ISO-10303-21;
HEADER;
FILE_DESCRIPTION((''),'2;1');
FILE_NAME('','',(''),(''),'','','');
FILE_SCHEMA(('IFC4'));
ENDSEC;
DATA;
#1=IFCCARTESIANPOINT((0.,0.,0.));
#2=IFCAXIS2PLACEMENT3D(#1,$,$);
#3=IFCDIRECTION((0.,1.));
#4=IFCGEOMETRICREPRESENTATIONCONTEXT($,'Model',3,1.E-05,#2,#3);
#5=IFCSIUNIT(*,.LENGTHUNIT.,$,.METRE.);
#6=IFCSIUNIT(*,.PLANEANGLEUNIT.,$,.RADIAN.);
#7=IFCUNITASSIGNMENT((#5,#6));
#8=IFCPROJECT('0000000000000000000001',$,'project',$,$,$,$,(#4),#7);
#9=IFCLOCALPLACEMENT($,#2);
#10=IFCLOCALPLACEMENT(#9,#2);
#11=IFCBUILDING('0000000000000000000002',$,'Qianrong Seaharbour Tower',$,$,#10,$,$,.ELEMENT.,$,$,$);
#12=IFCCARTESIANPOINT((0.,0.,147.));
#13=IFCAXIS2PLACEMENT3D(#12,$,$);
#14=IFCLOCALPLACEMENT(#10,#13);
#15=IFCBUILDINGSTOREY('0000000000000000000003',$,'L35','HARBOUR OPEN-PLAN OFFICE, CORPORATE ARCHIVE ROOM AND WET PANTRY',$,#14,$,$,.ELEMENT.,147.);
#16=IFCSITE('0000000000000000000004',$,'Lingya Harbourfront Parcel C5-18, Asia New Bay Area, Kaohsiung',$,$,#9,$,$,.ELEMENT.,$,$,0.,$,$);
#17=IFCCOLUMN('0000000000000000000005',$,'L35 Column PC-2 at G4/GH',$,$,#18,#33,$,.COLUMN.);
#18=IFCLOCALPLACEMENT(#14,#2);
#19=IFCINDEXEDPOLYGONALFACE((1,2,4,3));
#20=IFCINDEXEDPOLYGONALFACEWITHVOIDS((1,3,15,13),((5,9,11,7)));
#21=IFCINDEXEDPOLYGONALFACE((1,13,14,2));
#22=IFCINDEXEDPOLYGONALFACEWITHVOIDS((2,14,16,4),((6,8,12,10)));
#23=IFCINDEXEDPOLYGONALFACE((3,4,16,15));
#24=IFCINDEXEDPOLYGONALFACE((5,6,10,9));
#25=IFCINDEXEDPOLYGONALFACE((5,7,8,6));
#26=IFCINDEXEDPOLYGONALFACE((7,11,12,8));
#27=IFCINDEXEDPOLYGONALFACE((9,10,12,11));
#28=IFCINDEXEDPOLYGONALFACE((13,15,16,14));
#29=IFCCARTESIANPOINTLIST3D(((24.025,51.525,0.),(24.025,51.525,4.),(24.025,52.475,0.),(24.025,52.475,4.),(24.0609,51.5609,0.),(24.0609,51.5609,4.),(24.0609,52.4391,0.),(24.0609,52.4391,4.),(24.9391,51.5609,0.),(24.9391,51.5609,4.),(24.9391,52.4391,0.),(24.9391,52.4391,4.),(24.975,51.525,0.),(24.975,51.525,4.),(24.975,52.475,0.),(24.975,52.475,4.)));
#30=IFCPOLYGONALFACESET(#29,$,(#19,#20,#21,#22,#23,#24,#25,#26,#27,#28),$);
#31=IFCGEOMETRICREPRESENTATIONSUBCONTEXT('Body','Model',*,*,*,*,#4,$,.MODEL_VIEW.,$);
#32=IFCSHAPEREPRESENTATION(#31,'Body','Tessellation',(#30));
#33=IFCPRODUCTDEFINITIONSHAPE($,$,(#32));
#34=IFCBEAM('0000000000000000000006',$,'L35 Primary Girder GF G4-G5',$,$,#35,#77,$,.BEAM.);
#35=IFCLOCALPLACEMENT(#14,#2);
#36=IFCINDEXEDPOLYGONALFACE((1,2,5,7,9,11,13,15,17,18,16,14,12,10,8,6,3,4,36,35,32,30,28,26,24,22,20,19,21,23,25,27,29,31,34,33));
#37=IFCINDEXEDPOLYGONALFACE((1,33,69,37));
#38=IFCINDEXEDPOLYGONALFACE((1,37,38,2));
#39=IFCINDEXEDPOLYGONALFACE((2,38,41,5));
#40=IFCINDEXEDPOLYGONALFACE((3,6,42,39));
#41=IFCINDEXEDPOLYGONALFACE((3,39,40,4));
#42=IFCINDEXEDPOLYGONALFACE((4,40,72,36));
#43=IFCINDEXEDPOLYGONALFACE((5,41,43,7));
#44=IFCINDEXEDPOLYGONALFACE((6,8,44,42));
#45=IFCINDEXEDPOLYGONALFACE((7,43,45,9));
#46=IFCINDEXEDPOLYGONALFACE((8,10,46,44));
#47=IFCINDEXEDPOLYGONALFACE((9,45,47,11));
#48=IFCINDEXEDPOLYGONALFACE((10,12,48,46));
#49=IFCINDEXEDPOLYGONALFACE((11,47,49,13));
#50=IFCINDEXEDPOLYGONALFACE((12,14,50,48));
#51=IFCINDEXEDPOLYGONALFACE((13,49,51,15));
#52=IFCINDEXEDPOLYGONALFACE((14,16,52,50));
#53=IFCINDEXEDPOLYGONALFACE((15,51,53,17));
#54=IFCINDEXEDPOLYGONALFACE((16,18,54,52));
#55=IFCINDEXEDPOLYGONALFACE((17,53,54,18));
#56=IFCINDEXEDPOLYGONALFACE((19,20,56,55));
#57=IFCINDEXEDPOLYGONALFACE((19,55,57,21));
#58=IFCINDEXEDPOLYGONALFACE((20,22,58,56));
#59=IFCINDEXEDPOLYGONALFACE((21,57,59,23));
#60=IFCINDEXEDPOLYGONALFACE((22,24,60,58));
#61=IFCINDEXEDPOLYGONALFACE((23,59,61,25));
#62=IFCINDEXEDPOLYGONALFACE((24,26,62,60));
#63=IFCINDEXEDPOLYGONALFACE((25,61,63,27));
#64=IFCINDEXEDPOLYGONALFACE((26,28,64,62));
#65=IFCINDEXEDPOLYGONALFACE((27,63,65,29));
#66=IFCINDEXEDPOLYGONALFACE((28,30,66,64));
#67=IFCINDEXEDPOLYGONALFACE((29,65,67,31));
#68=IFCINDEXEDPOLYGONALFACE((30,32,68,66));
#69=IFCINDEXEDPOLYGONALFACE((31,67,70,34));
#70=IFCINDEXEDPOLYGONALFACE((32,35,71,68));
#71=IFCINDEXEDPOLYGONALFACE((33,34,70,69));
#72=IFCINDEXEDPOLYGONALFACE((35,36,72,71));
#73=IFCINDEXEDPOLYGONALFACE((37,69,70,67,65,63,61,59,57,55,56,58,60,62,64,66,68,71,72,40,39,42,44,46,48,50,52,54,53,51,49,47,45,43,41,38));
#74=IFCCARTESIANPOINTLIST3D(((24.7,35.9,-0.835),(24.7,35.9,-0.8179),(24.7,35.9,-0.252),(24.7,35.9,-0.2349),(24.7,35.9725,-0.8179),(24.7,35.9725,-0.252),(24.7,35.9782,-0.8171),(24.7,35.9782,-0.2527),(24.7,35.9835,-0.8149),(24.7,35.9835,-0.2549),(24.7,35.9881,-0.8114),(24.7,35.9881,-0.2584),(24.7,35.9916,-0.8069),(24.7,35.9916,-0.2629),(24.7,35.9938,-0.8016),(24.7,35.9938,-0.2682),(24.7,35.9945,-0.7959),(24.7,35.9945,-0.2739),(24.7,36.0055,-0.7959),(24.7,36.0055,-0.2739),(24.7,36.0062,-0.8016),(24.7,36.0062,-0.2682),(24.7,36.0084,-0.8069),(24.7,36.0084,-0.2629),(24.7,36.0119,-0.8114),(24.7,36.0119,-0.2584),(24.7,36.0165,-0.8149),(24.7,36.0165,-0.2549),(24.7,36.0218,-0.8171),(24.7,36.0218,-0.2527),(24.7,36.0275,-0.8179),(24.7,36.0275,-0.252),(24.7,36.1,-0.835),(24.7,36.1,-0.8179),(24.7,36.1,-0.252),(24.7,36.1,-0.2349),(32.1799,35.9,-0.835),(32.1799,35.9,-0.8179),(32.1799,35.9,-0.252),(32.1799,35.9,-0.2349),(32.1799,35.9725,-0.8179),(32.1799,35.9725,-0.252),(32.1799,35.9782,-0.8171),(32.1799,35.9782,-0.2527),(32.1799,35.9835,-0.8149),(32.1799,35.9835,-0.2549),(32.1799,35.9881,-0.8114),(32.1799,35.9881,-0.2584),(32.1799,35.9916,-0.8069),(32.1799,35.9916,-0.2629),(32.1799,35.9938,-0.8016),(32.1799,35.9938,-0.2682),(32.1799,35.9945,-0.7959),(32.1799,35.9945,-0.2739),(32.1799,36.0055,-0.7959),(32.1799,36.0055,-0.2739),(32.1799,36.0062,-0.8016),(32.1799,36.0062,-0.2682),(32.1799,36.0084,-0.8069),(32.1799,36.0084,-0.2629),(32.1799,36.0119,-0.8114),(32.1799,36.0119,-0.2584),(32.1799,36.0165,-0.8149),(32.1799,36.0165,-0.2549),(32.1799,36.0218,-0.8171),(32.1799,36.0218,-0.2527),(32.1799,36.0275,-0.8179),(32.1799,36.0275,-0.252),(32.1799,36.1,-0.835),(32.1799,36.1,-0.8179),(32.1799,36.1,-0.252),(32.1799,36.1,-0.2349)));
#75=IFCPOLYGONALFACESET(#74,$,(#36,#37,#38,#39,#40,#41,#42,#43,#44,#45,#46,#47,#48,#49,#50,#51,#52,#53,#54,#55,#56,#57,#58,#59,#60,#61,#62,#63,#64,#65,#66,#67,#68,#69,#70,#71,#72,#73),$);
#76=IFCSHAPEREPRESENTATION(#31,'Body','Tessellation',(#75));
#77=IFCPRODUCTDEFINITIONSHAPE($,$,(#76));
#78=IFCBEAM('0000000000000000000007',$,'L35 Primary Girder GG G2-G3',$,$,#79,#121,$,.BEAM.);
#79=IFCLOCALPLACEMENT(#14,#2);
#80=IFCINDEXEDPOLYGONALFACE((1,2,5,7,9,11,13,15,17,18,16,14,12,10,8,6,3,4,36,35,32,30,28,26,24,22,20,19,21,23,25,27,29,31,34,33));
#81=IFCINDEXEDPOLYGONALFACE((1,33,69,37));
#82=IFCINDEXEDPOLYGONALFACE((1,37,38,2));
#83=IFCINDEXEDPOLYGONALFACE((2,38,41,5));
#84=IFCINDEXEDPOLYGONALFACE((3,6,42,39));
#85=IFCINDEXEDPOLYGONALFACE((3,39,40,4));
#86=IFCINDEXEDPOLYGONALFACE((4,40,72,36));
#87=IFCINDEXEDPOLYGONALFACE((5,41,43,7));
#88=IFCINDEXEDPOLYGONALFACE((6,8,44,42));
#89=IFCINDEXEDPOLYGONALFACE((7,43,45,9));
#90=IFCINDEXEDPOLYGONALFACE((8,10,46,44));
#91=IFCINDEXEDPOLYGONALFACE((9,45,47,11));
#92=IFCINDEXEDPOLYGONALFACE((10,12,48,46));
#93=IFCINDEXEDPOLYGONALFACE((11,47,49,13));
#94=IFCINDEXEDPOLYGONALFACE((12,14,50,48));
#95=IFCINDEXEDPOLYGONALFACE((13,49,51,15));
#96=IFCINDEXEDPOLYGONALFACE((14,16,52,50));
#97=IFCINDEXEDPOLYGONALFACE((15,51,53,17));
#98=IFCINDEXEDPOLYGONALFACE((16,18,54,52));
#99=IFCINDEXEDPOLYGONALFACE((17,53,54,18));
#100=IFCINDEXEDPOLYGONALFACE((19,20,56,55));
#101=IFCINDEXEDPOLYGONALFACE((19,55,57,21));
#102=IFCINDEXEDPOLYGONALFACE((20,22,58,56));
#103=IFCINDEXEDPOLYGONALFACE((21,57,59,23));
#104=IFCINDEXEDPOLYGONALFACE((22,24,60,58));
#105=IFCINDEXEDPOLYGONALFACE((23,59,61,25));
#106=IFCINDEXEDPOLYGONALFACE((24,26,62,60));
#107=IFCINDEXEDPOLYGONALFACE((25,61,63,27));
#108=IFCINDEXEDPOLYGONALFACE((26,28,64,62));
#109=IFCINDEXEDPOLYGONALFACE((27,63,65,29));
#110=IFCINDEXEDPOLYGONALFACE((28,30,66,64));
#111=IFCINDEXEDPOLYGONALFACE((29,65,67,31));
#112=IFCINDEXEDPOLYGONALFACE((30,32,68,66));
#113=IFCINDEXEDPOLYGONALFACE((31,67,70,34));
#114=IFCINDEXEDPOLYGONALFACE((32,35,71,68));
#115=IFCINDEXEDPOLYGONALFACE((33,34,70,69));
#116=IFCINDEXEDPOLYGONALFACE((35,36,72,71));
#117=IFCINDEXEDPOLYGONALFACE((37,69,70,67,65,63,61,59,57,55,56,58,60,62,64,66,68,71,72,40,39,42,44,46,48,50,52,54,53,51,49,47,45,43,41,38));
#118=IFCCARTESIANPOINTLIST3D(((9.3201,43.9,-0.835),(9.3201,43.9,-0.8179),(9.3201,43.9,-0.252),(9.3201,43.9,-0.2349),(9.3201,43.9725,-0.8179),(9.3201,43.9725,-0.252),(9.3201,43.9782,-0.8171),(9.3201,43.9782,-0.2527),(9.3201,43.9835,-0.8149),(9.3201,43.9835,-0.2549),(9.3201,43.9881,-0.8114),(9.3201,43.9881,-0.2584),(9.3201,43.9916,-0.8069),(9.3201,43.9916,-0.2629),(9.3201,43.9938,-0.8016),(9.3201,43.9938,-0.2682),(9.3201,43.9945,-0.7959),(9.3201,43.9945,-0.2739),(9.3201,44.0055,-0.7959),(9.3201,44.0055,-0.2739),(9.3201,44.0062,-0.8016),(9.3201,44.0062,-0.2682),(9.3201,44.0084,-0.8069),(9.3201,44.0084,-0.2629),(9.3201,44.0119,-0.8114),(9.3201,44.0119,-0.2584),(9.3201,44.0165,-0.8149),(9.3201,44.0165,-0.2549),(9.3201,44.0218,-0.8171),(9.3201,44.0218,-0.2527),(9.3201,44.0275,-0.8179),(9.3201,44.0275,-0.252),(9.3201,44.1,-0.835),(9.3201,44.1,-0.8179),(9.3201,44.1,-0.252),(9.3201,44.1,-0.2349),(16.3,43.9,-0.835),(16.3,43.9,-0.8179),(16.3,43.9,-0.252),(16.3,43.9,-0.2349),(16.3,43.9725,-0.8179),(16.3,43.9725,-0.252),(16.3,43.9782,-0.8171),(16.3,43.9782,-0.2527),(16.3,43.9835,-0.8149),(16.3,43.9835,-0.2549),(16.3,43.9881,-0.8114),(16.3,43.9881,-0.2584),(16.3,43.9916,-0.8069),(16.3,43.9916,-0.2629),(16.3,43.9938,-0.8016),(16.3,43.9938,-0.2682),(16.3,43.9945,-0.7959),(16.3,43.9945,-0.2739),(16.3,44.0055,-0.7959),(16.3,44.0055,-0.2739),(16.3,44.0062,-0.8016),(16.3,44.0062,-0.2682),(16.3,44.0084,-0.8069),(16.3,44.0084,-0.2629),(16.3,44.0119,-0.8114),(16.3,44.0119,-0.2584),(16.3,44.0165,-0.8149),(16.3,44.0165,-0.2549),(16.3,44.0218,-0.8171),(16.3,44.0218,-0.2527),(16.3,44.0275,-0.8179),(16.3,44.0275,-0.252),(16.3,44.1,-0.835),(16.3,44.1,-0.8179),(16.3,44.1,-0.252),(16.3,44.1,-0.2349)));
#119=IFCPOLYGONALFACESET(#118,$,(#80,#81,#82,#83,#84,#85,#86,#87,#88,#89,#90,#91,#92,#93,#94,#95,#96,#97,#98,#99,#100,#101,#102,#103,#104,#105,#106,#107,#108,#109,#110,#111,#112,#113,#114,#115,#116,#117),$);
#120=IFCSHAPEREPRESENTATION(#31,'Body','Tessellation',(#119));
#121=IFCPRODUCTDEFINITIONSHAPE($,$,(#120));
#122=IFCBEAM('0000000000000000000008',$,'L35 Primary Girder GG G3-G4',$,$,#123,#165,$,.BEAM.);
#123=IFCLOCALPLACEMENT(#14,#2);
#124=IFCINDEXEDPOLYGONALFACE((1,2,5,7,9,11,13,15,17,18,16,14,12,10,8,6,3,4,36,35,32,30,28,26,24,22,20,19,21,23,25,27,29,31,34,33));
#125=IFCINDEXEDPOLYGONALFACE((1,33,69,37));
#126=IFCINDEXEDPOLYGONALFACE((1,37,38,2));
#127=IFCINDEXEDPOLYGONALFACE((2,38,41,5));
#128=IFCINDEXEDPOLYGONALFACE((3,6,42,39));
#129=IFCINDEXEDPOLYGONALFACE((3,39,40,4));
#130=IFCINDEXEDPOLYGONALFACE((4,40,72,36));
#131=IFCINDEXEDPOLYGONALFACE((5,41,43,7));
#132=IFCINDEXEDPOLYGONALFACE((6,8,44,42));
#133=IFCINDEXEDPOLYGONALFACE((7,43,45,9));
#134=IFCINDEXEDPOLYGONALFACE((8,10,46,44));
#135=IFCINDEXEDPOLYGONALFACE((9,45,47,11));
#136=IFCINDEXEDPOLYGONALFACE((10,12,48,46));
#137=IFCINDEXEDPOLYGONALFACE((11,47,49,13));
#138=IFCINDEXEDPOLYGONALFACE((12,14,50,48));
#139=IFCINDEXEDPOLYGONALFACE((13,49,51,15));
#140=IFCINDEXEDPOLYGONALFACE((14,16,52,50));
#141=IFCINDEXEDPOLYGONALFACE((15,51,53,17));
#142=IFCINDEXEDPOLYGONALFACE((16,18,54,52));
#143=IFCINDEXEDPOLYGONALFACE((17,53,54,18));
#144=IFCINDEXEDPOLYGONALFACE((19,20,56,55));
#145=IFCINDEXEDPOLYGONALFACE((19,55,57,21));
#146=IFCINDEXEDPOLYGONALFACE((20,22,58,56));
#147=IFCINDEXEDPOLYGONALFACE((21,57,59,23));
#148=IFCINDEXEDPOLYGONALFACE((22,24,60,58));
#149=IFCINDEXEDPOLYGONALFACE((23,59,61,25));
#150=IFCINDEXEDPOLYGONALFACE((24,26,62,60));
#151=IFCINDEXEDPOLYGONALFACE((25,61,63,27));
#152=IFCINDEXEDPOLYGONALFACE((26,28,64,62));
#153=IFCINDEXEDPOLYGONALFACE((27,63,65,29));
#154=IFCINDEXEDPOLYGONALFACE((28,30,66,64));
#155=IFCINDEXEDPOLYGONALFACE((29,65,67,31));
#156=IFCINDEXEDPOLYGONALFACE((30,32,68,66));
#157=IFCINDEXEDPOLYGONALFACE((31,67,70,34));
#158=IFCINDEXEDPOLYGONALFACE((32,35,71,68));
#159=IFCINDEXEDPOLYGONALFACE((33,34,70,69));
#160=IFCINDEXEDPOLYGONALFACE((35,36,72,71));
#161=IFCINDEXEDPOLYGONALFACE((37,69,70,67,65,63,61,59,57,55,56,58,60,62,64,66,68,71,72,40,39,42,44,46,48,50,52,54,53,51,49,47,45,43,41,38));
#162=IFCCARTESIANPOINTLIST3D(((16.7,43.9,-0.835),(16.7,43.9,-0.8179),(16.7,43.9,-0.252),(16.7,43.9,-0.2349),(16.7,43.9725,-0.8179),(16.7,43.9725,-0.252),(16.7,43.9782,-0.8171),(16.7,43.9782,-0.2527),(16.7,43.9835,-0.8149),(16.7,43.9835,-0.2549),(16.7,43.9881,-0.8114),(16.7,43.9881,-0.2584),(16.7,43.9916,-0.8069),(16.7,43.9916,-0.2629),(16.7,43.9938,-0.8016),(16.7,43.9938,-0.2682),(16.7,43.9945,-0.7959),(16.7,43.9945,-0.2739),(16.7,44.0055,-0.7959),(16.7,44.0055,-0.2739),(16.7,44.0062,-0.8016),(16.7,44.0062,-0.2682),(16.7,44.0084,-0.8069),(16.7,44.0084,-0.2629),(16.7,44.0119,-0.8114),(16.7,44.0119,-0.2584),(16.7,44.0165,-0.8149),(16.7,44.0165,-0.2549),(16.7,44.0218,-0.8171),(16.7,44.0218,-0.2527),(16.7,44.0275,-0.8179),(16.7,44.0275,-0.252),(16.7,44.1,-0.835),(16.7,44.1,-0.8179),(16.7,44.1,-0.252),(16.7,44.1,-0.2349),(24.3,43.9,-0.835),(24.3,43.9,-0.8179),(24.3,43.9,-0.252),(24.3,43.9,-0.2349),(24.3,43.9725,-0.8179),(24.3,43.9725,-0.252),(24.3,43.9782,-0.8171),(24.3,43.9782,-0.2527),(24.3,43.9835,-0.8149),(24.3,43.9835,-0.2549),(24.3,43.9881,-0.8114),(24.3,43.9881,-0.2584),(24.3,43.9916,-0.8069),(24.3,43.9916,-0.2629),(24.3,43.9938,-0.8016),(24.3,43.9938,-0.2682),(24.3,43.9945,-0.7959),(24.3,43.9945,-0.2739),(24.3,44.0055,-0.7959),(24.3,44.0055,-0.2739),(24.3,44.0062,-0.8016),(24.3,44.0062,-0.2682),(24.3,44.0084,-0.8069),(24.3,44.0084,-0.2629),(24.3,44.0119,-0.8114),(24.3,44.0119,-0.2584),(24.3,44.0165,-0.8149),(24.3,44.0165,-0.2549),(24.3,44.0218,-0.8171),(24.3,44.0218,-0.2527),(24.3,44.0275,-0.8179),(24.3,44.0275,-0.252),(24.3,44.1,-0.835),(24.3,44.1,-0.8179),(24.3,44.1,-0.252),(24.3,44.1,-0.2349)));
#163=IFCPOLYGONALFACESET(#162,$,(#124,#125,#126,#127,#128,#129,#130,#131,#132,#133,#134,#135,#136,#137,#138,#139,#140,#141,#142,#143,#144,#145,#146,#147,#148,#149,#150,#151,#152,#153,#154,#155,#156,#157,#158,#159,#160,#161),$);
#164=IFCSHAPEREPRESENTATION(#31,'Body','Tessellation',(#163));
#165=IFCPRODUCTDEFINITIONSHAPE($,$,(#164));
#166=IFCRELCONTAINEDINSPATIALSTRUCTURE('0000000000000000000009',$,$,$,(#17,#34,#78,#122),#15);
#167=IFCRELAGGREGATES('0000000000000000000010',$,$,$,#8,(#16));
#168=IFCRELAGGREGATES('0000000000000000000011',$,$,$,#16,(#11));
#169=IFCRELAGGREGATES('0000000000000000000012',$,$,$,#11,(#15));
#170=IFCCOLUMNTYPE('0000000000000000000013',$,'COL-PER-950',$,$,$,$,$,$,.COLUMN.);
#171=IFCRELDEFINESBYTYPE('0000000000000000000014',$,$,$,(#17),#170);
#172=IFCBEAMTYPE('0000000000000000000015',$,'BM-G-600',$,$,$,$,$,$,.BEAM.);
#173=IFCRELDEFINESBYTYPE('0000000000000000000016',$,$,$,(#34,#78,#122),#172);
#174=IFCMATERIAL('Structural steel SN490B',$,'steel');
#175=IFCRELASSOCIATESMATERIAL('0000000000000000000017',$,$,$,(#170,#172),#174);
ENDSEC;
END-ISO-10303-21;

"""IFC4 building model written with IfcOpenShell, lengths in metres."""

from ifc_helpers import new_model, si_unit, direction, frame, origin, origin_2d, place, context, subcontext, project, spatial, hollow_rectangle, i_section, extrude, material, material_profile, profile_set, type_object, element, save


model = new_model("IFC4")

# Units and contexts
model_context = context("Model", 3, precision=1e-05, world=origin(), true_north=direction((0.0, 1.0)))
body_context = subcontext(model_context, "Body", "Model", "MODEL_VIEW")
ifc_project = project(units=[si_unit("LENGTHUNIT", "METRE"), si_unit("PLANEANGLEUNIT", "RADIAN")], contexts=[model_context])

# Site, building, storey
site_placement = place(None, origin())
site = spatial("IfcSite", under=ifc_project, at=site_placement, Name="Lingya Harbourfront Parcel C5-18, Asia New Bay Area, Kaohsiung", CompositionType="ELEMENT", RefElevation=0.0)
building_placement = place(site_placement, origin())
building = spatial("IfcBuilding", under=site, at=building_placement, Name="Qianrong Seaharbour Tower", CompositionType="ELEMENT")
storey_placement = place(building_placement, frame((0.0, 0.0, 147.0)))
storey = spatial("IfcBuildingStorey", under=building, at=storey_placement, Name="L35", Description="HARBOUR OPEN-PLAN OFFICE, CORPORATE ARCHIVE ROOM AND WET PANTRY", CompositionType="ELEMENT", Elevation=147.0)

# Column
ifc_material_1 = material(Name="Structural steel SN490B", Category="steel")
ifc_material_profile_1 = material_profile(ifc_material_1, hollow_rectangle(XDim=0.95, YDim=0.95, WallThickness=0.0359, at=origin_2d()), Name="BOX950x950x36")
ifc_profile_set_1 = profile_set([ifc_material_profile_1], Name="Structural steel SN490B")
column_type_1 = type_object("IfcColumnType", Name="COL-PER-950", PredefinedType="COLUMN", material=ifc_profile_set_1)
for number, where, z_axis, x_axis, name in (
    (1, (24.5, 52.0, 0.0), (0.0, 0.0, 1.0), (1.0, 0.0, 0.0), "L35 Column PC-2 at G4/GH"),
):
    element("IfcColumn", number, at=place(storey_placement, frame(where, z_axis=z_axis, x_axis=x_axis)), inside=storey, type_object=column_type_1, Name=name, PredefinedType="COLUMN", context=body_context, shape_type="SweptSolid", body=[
        extrude(hollow_rectangle(XDim=0.95, YDim=0.95, WallThickness=0.0359, at=origin_2d()), origin(), (0.0, 0.0, 1.0), 4.0),
    ])

# Beams
ifc_material_profile_2 = material_profile(ifc_material_1, i_section(OverallWidth=0.2, OverallDepth=0.6001, WebThickness=0.011, FlangeThickness=0.0171, FilletRadius=0.022, at=origin_2d()), Name="H600x200x11x17")
ifc_profile_set_2 = profile_set([ifc_material_profile_2], Name="Structural steel SN490B")
beam_type_1 = type_object("IfcBeamType", Name="BM-G-600", PredefinedType="BEAM", material=ifc_profile_set_2)
beam_1_placement = place(storey_placement, frame((24.7, 36.0, -0.5349), z_axis=(1.0, 0.0, 0.0), x_axis=(0.0, 1.0, 0.0)))
element("IfcBeam", 2, at=beam_1_placement, inside=storey, type_object=beam_type_1, Name="L35 Primary Girder GF G4-G5", PredefinedType="BEAM", context=body_context, shape_type="SweptSolid", body=[
    extrude(i_section(OverallWidth=0.2, OverallDepth=0.6001, WebThickness=0.011, FlangeThickness=0.0171, FilletRadius=0.022, at=origin_2d()), origin(), (0.0, 0.0, 1.0), 7.48),
])
beam_2_placement = place(storey_placement, frame((9.3201, 44.0, -0.5349), z_axis=(1.0, 0.0, 0.0), x_axis=(0.0, 1.0, 0.0)))
element("IfcBeam", 3, at=beam_2_placement, inside=storey, type_object=beam_type_1, Name="L35 Primary Girder GG G2-G3", PredefinedType="BEAM", context=body_context, shape_type="SweptSolid", body=[
    extrude(i_section(OverallWidth=0.2, OverallDepth=0.6001, WebThickness=0.011, FlangeThickness=0.0171, FilletRadius=0.022, at=origin_2d()), origin(), (0.0, 0.0, 1.0), 6.98),
])
for number, where, z_axis, x_axis, name in (
    (4, (16.7, 44.0, -0.5349), (1.0, 0.0, 0.0), (0.0, 1.0, 0.0), "L35 Primary Girder GG G3-G4"),
):
    element("IfcBeam", number, at=place(storey_placement, frame(where, z_axis=z_axis, x_axis=x_axis)), inside=storey, type_object=beam_type_1, Name=name, PredefinedType="BEAM", context=body_context, shape_type="SweptSolid", body=[
        extrude(i_section(OverallWidth=0.2, OverallDepth=0.6001, WebThickness=0.011, FlangeThickness=0.0171, FilletRadius=0.022, at=origin_2d()), origin(), (0.0, 0.0, 1.0), 7.6001),
    ])

save(model, "model.ifc")
